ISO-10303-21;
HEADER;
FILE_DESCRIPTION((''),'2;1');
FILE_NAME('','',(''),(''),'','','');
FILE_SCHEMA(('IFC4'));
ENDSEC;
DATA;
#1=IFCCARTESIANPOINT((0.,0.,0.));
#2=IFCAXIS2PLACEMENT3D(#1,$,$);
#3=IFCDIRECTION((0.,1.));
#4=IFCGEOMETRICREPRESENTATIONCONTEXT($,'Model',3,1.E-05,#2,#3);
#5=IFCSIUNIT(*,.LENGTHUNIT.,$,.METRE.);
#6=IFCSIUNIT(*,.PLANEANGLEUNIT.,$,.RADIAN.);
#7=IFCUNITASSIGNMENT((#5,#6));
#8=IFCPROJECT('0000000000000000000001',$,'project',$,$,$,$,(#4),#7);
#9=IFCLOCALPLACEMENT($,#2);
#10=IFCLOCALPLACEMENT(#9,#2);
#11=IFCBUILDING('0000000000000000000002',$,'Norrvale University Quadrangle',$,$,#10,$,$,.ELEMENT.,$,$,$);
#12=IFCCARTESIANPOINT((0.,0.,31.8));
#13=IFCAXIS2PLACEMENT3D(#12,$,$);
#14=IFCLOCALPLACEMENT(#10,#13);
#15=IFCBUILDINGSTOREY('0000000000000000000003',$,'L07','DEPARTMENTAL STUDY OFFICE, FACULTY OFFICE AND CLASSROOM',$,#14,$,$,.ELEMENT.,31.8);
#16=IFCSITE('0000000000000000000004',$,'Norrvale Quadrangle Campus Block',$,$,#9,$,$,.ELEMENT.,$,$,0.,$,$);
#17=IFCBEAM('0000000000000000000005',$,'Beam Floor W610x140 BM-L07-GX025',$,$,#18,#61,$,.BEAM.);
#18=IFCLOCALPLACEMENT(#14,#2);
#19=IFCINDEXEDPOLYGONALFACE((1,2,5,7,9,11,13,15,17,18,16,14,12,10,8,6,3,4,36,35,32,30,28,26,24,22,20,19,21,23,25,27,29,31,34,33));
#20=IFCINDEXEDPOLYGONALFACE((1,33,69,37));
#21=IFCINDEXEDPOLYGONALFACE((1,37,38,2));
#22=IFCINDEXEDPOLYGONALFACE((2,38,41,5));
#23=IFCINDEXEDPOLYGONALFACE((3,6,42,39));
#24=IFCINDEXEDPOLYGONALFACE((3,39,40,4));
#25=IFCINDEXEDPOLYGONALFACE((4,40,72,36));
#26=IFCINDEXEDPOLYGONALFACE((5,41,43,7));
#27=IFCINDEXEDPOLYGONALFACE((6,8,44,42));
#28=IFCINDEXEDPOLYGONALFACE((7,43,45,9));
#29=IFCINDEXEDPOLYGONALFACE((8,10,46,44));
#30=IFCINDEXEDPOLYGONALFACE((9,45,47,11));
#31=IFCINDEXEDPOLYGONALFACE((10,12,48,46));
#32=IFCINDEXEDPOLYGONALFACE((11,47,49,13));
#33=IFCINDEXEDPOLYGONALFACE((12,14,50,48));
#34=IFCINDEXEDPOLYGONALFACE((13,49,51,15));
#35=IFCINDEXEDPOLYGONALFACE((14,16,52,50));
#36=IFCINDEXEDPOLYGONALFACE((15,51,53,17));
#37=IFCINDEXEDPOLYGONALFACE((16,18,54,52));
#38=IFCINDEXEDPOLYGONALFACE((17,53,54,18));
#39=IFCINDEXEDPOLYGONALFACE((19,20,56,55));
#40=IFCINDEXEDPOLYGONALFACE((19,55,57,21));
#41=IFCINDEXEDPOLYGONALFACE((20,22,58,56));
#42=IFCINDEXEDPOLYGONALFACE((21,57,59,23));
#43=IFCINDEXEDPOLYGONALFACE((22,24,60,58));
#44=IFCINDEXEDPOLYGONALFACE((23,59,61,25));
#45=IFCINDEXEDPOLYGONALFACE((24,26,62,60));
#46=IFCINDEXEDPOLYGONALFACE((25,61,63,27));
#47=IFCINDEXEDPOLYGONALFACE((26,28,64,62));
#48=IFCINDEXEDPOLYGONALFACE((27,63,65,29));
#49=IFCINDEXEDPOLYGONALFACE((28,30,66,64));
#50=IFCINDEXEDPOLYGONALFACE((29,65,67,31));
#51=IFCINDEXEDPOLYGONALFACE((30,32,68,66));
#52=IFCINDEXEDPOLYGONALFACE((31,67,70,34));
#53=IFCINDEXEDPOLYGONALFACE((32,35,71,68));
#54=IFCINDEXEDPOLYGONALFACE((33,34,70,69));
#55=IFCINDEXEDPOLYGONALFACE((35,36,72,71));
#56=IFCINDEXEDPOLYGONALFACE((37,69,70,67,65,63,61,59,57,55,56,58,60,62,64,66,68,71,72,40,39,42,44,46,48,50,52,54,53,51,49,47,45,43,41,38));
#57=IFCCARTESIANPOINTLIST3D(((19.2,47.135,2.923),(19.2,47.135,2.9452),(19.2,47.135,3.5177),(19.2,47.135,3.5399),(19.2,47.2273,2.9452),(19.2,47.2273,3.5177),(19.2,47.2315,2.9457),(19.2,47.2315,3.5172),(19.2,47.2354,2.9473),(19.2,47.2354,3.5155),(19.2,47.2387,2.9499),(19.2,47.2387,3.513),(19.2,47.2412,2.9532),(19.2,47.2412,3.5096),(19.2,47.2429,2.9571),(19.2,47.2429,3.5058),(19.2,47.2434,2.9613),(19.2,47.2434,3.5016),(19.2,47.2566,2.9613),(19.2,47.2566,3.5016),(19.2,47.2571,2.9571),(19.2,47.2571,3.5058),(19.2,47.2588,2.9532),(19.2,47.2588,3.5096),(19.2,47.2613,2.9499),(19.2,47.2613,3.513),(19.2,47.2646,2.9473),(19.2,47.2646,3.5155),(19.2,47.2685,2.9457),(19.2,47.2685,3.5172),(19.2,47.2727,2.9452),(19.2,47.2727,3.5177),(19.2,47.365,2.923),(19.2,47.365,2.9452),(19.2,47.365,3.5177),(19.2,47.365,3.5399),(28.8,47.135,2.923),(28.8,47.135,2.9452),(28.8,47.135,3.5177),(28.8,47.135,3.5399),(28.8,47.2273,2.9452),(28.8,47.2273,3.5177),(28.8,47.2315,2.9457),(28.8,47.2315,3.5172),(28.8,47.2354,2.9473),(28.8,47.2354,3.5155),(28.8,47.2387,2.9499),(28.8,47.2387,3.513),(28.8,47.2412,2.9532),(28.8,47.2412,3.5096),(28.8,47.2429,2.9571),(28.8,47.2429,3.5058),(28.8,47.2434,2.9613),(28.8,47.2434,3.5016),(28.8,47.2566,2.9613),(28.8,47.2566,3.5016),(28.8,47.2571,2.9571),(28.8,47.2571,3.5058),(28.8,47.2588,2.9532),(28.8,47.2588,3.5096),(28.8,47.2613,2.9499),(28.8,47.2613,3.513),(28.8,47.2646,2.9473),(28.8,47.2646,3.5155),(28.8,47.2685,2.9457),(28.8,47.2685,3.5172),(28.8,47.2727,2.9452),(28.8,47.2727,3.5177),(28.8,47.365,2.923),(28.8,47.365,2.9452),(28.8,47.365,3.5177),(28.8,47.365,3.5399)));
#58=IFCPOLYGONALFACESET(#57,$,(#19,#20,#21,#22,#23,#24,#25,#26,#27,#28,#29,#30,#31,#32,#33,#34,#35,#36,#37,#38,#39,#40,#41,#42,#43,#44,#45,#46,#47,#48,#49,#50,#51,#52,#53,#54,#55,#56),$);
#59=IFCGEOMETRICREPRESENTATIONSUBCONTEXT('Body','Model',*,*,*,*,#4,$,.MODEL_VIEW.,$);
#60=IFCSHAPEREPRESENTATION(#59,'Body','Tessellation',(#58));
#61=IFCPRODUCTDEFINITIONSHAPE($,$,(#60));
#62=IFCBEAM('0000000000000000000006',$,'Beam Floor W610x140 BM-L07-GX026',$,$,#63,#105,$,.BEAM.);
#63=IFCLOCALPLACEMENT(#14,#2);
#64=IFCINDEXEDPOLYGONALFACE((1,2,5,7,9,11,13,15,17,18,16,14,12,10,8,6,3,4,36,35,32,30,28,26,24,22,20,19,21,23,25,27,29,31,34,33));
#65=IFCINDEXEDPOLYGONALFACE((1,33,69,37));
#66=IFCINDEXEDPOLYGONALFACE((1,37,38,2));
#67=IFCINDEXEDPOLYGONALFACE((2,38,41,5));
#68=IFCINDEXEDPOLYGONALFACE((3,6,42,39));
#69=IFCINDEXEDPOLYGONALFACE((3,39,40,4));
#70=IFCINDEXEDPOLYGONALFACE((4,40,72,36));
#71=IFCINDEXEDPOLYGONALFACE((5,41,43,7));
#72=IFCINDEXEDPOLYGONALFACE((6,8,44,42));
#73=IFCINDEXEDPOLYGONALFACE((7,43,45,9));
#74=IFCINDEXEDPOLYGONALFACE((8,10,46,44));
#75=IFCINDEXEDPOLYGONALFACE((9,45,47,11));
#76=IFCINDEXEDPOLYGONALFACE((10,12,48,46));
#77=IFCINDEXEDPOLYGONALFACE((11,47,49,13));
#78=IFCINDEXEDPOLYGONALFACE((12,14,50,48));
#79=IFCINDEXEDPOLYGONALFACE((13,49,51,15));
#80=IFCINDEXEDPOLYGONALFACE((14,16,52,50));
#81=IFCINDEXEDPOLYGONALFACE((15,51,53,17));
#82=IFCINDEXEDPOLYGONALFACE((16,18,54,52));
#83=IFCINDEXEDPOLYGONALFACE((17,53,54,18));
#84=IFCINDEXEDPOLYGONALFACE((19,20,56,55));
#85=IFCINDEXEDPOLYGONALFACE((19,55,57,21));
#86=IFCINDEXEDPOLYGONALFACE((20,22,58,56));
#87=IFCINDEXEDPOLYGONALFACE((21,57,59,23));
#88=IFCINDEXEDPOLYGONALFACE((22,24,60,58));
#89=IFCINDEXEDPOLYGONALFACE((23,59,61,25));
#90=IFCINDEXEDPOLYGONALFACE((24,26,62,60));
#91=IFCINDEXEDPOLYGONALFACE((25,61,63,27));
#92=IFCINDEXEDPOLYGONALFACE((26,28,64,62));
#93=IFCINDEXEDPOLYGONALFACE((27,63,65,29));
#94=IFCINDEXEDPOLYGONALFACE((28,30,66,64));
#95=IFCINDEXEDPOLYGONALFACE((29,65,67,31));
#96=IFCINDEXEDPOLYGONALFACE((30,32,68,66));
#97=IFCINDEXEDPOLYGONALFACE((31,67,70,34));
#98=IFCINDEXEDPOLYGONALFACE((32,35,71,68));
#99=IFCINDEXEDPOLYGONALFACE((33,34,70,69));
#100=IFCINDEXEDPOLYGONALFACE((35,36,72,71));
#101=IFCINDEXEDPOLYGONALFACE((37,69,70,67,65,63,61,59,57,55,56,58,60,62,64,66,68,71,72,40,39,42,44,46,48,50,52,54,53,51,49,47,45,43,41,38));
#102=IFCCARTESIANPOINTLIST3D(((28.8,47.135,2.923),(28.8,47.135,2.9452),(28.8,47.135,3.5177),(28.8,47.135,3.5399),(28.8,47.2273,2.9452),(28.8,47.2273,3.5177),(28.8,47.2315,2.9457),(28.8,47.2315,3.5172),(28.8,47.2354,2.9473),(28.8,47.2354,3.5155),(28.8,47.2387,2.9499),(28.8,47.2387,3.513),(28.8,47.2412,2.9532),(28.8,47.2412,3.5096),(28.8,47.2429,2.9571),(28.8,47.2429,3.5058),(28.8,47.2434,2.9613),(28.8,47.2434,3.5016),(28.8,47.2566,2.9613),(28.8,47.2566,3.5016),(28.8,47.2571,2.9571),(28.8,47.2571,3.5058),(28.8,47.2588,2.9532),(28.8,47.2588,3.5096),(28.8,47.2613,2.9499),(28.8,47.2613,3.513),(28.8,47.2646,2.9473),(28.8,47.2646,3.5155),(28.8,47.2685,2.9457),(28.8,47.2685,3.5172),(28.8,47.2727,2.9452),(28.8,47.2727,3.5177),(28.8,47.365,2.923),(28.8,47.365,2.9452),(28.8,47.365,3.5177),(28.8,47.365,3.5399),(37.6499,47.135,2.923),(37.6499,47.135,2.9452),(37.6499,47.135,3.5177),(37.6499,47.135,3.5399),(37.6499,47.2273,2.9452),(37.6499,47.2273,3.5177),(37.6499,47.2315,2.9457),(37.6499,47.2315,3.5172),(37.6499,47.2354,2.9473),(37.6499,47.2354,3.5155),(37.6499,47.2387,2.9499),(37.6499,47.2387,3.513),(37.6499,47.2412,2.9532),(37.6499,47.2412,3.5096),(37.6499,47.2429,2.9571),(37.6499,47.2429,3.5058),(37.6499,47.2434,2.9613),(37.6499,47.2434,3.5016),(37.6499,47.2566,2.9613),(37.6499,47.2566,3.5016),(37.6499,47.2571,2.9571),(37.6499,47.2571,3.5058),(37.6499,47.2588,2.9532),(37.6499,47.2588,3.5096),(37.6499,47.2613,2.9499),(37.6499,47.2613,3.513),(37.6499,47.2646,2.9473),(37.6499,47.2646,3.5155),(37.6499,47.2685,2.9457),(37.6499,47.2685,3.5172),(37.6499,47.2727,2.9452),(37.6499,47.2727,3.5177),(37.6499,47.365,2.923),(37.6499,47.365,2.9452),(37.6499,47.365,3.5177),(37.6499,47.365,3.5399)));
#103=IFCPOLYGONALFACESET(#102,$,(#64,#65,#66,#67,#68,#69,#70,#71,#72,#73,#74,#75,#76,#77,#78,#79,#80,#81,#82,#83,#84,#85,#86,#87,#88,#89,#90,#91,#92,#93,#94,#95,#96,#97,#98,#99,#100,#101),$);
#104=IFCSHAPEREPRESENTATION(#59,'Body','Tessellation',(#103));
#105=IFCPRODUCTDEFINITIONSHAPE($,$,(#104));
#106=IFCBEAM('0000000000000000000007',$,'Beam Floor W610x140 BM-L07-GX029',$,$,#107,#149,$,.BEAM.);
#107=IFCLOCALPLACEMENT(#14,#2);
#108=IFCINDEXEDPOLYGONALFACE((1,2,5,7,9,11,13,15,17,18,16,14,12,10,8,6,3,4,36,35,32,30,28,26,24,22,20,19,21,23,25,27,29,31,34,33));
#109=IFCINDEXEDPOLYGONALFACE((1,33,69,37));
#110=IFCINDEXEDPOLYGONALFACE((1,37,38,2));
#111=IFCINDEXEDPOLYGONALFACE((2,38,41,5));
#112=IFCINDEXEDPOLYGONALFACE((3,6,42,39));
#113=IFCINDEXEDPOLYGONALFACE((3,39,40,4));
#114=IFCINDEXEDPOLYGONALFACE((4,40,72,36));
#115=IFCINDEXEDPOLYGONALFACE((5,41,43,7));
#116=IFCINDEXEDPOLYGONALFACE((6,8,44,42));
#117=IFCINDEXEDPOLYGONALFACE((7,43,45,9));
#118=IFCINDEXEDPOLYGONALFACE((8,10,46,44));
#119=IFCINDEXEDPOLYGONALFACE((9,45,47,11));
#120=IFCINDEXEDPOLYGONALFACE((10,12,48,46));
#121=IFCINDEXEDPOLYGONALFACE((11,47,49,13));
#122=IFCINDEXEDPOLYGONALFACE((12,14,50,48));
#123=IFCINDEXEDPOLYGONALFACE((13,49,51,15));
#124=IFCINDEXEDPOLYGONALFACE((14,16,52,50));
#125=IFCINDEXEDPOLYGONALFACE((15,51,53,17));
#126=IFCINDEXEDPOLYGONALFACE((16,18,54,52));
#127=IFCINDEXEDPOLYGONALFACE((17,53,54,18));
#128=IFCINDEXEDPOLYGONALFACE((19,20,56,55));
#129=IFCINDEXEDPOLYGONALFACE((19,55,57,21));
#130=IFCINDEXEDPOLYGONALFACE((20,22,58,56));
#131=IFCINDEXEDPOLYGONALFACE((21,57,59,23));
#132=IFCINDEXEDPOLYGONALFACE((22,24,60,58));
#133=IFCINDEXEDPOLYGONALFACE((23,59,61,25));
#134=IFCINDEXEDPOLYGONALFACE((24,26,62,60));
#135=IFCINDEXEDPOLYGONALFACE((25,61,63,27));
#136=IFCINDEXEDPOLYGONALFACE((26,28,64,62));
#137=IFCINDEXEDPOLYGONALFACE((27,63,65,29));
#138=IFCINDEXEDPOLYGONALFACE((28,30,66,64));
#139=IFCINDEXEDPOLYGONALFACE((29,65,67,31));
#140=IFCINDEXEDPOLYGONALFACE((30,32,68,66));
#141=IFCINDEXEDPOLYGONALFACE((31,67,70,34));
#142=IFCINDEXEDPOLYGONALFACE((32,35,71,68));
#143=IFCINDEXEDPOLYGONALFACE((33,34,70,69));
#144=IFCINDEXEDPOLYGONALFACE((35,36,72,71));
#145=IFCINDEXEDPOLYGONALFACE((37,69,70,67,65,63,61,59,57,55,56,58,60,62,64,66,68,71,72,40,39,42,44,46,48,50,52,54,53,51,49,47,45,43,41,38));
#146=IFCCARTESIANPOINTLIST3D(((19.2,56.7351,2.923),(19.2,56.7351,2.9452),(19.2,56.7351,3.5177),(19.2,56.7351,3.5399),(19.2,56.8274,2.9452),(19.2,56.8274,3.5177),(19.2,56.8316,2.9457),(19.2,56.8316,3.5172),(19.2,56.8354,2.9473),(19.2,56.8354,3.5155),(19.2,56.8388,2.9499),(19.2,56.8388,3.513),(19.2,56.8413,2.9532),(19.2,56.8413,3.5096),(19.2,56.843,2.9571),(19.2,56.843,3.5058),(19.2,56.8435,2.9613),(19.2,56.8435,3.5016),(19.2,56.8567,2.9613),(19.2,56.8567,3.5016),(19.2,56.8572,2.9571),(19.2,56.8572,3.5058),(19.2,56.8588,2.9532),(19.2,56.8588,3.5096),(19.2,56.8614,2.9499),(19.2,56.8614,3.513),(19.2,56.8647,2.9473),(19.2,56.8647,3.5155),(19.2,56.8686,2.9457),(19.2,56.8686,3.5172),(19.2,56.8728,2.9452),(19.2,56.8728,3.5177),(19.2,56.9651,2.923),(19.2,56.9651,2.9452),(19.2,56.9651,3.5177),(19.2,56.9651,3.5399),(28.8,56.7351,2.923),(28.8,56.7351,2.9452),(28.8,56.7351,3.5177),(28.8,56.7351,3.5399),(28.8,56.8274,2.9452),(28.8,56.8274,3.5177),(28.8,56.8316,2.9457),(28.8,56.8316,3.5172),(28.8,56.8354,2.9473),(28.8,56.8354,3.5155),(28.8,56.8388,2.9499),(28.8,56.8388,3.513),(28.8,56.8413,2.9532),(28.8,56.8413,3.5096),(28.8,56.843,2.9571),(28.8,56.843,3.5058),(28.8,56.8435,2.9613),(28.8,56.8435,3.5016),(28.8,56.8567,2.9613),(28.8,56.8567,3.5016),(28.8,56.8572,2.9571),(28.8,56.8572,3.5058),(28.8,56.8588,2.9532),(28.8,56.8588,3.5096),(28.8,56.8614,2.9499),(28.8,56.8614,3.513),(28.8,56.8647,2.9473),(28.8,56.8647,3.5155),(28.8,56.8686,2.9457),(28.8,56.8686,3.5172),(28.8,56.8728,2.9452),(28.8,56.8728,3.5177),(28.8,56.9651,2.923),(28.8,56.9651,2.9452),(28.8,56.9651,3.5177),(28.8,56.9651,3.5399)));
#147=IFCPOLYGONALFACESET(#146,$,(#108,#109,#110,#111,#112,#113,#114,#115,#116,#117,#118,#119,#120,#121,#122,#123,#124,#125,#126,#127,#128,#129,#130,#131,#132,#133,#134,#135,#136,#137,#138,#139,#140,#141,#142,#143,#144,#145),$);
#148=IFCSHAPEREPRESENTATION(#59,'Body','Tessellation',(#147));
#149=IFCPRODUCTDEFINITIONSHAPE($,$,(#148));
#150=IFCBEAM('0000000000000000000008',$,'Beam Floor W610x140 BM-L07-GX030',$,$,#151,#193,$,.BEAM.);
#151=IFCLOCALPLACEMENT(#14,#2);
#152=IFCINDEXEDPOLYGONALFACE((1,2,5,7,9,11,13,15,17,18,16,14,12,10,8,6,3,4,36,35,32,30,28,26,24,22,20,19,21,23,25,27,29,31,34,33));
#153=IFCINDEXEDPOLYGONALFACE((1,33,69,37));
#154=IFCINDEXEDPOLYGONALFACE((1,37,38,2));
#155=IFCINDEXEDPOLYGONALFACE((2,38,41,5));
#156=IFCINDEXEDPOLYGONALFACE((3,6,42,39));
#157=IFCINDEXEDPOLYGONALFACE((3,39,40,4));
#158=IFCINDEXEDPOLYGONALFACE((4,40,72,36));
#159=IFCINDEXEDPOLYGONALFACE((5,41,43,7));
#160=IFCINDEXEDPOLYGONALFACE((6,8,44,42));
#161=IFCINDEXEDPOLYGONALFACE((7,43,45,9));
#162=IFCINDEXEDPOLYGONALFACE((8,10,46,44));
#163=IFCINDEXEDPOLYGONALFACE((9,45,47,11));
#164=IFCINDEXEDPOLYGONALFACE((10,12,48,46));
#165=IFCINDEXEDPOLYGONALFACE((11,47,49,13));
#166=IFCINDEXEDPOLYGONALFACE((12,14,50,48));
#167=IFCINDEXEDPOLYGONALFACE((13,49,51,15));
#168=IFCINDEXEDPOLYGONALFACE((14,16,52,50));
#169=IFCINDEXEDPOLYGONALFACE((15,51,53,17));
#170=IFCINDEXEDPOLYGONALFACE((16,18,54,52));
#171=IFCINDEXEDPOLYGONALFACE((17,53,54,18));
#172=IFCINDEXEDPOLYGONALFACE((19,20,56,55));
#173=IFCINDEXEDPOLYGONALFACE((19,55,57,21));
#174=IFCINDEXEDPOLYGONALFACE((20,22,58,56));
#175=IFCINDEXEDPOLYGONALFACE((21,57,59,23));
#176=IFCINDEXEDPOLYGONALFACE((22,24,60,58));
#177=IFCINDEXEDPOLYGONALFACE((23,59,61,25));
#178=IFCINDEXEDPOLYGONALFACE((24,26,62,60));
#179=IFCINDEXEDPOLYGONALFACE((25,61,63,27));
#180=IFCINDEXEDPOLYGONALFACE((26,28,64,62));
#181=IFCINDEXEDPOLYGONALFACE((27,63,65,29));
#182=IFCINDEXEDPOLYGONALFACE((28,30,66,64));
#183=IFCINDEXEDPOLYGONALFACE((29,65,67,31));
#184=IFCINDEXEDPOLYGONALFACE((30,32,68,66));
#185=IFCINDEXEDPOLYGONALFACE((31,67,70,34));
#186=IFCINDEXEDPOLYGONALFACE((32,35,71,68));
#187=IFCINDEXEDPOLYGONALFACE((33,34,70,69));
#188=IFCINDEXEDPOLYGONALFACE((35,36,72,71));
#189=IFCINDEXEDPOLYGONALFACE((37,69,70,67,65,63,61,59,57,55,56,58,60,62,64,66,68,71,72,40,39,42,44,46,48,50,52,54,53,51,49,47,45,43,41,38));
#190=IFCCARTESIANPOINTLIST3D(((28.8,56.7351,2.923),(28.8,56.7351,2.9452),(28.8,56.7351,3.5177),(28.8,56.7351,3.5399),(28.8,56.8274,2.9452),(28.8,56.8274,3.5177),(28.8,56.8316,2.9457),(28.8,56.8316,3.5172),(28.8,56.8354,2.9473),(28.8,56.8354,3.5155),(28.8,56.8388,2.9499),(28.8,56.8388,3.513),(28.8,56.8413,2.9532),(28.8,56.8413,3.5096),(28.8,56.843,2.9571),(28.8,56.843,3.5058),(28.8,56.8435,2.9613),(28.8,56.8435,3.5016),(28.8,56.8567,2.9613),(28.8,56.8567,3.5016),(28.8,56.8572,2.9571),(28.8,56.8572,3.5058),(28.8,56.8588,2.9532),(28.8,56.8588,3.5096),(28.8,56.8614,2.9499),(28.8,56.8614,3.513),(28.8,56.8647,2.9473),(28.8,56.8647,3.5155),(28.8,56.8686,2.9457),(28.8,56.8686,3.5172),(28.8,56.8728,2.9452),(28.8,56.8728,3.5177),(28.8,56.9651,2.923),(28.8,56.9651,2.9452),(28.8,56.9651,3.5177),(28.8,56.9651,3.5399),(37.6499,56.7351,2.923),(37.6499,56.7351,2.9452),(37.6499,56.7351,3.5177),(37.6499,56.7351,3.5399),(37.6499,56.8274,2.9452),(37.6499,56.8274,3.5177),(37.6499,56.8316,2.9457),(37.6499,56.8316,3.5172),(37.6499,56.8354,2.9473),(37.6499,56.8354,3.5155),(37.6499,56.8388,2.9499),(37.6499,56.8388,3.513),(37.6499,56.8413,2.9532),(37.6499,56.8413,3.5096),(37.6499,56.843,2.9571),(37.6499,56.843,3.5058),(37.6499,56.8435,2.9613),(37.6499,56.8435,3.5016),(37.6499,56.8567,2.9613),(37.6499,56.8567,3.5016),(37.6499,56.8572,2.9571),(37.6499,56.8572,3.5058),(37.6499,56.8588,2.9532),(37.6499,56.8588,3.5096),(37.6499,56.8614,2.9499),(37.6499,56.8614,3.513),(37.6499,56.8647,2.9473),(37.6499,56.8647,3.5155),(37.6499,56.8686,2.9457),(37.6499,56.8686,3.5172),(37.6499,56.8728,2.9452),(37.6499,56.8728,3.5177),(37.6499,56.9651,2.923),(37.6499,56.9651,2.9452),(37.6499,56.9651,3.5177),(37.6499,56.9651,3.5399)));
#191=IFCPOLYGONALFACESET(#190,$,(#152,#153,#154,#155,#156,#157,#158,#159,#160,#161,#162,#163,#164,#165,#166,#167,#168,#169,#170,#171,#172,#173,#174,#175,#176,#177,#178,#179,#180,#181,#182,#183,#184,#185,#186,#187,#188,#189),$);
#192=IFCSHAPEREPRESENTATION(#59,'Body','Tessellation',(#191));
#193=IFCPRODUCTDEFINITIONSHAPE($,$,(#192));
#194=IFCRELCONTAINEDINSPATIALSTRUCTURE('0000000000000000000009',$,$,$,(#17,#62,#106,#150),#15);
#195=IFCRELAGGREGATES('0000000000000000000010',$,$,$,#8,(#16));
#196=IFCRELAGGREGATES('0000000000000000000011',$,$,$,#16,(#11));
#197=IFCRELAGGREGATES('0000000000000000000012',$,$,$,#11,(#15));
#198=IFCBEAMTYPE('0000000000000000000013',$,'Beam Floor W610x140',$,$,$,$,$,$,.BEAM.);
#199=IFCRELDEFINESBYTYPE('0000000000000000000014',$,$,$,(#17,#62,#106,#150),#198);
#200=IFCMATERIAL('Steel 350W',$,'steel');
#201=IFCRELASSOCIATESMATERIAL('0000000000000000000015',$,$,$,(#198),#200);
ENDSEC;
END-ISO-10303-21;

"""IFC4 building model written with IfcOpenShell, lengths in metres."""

from ifc_helpers import new_model, si_unit, direction, frame, origin, origin_2d, place, context, subcontext, project, spatial, i_section, extrude, material, material_profile, profile_set, type_object, element, save


model = new_model("IFC4")

# Units and contexts
model_context = context("Model", 3, precision=1e-05, world=origin(), true_north=direction((0.0, 1.0)))
body_context = subcontext(model_context, "Body", "Model", "MODEL_VIEW")
ifc_project = project(units=[si_unit("LENGTHUNIT", "METRE"), si_unit("PLANEANGLEUNIT", "RADIAN")], contexts=[model_context])

# Site, building, storey
site_placement = place(None, origin())
site = spatial("IfcSite", under=ifc_project, at=site_placement, Name="Norrvale Quadrangle Campus Block", CompositionType="ELEMENT", RefElevation=0.0)
building_placement = place(site_placement, origin())
building = spatial("IfcBuilding", under=site, at=building_placement, Name="Norrvale University Quadrangle", CompositionType="ELEMENT")
storey_placement = place(building_placement, frame((0.0, 0.0, 31.8)))
storey = spatial("IfcBuildingStorey", under=building, at=storey_placement, Name="L07", Description="DEPARTMENTAL STUDY OFFICE, FACULTY OFFICE AND CLASSROOM", CompositionType="ELEMENT", Elevation=31.8)

# Beams
ifc_material_1 = material(Name="Steel 350W", Category="steel")
ifc_material_profile_1 = material_profile(ifc_material_1, i_section(OverallWidth=0.23, OverallDepth=0.6169, WebThickness=0.0132, FlangeThickness=0.0222, FilletRadius=0.0161, at=origin_2d()), Name="Steel 350W")
ifc_profile_set_1 = profile_set([ifc_material_profile_1], Name="Steel 350W")
beam_type_1 = type_object("IfcBeamType", Name="Beam Floor W610x140", PredefinedType="BEAM", material=ifc_profile_set_1)
beam_1_placement = place(storey_placement, frame((19.2, 47.25, 3.2314), z_axis=(1.0, 0.0, 0.0), x_axis=(0.0, 1.0, 0.0)))
element("IfcBeam", 1, at=beam_1_placement, inside=storey, type_object=beam_type_1, Name="Beam Floor W610x140 BM-L07-GX025", PredefinedType="BEAM", context=body_context, shape_type="SweptSolid", body=[
    extrude(i_section(OverallWidth=0.23, OverallDepth=0.6169, WebThickness=0.0132, FlangeThickness=0.0222, FilletRadius=0.0161, at=origin_2d()), origin(), (0.0, 0.0, 1.0), 9.6001),
])
beam_2_placement = place(storey_placement, frame((28.8, 47.25, 3.2314), z_axis=(1.0, 0.0, 0.0), x_axis=(0.0, 1.0, 0.0)))
element("IfcBeam", 2, at=beam_2_placement, inside=storey, type_object=beam_type_1, Name="Beam Floor W610x140 BM-L07-GX026", PredefinedType="BEAM", context=body_context, shape_type="SweptSolid", body=[
    extrude(i_section(OverallWidth=0.23, OverallDepth=0.6169, WebThickness=0.0132, FlangeThickness=0.0222, FilletRadius=0.0161, at=origin_2d()), origin(), (0.0, 0.0, 1.0), 8.8499),
])
beam_3_placement = place(storey_placement, frame((19.2, 56.8501, 3.2314), z_axis=(1.0, 0.0, 0.0), x_axis=(0.0, 1.0, 0.0)))
element("IfcBeam", 3, at=beam_3_placement, inside=storey, type_object=beam_type_1, Name="Beam Floor W610x140 BM-L07-GX029", PredefinedType="BEAM", context=body_context, shape_type="SweptSolid", body=[
    extrude(i_section(OverallWidth=0.23, OverallDepth=0.6169, WebThickness=0.0132, FlangeThickness=0.0222, FilletRadius=0.0161, at=origin_2d()), origin(), (0.0, 0.0, 1.0), 9.6001),
])
beam_4_placement = place(storey_placement, frame((28.8, 56.8501, 3.2314), z_axis=(1.0, 0.0, 0.0), x_axis=(0.0, 1.0, 0.0)))
element("IfcBeam", 4, at=beam_4_placement, inside=storey, type_object=beam_type_1, Name="Beam Floor W610x140 BM-L07-GX030", PredefinedType="BEAM", context=body_context, shape_type="SweptSolid", body=[
    extrude(i_section(OverallWidth=0.23, OverallDepth=0.6169, WebThickness=0.0132, FlangeThickness=0.0222, FilletRadius=0.0161, at=origin_2d()), origin(), (0.0, 0.0, 1.0), 8.8499),
])

save(model, "model.ifc")
